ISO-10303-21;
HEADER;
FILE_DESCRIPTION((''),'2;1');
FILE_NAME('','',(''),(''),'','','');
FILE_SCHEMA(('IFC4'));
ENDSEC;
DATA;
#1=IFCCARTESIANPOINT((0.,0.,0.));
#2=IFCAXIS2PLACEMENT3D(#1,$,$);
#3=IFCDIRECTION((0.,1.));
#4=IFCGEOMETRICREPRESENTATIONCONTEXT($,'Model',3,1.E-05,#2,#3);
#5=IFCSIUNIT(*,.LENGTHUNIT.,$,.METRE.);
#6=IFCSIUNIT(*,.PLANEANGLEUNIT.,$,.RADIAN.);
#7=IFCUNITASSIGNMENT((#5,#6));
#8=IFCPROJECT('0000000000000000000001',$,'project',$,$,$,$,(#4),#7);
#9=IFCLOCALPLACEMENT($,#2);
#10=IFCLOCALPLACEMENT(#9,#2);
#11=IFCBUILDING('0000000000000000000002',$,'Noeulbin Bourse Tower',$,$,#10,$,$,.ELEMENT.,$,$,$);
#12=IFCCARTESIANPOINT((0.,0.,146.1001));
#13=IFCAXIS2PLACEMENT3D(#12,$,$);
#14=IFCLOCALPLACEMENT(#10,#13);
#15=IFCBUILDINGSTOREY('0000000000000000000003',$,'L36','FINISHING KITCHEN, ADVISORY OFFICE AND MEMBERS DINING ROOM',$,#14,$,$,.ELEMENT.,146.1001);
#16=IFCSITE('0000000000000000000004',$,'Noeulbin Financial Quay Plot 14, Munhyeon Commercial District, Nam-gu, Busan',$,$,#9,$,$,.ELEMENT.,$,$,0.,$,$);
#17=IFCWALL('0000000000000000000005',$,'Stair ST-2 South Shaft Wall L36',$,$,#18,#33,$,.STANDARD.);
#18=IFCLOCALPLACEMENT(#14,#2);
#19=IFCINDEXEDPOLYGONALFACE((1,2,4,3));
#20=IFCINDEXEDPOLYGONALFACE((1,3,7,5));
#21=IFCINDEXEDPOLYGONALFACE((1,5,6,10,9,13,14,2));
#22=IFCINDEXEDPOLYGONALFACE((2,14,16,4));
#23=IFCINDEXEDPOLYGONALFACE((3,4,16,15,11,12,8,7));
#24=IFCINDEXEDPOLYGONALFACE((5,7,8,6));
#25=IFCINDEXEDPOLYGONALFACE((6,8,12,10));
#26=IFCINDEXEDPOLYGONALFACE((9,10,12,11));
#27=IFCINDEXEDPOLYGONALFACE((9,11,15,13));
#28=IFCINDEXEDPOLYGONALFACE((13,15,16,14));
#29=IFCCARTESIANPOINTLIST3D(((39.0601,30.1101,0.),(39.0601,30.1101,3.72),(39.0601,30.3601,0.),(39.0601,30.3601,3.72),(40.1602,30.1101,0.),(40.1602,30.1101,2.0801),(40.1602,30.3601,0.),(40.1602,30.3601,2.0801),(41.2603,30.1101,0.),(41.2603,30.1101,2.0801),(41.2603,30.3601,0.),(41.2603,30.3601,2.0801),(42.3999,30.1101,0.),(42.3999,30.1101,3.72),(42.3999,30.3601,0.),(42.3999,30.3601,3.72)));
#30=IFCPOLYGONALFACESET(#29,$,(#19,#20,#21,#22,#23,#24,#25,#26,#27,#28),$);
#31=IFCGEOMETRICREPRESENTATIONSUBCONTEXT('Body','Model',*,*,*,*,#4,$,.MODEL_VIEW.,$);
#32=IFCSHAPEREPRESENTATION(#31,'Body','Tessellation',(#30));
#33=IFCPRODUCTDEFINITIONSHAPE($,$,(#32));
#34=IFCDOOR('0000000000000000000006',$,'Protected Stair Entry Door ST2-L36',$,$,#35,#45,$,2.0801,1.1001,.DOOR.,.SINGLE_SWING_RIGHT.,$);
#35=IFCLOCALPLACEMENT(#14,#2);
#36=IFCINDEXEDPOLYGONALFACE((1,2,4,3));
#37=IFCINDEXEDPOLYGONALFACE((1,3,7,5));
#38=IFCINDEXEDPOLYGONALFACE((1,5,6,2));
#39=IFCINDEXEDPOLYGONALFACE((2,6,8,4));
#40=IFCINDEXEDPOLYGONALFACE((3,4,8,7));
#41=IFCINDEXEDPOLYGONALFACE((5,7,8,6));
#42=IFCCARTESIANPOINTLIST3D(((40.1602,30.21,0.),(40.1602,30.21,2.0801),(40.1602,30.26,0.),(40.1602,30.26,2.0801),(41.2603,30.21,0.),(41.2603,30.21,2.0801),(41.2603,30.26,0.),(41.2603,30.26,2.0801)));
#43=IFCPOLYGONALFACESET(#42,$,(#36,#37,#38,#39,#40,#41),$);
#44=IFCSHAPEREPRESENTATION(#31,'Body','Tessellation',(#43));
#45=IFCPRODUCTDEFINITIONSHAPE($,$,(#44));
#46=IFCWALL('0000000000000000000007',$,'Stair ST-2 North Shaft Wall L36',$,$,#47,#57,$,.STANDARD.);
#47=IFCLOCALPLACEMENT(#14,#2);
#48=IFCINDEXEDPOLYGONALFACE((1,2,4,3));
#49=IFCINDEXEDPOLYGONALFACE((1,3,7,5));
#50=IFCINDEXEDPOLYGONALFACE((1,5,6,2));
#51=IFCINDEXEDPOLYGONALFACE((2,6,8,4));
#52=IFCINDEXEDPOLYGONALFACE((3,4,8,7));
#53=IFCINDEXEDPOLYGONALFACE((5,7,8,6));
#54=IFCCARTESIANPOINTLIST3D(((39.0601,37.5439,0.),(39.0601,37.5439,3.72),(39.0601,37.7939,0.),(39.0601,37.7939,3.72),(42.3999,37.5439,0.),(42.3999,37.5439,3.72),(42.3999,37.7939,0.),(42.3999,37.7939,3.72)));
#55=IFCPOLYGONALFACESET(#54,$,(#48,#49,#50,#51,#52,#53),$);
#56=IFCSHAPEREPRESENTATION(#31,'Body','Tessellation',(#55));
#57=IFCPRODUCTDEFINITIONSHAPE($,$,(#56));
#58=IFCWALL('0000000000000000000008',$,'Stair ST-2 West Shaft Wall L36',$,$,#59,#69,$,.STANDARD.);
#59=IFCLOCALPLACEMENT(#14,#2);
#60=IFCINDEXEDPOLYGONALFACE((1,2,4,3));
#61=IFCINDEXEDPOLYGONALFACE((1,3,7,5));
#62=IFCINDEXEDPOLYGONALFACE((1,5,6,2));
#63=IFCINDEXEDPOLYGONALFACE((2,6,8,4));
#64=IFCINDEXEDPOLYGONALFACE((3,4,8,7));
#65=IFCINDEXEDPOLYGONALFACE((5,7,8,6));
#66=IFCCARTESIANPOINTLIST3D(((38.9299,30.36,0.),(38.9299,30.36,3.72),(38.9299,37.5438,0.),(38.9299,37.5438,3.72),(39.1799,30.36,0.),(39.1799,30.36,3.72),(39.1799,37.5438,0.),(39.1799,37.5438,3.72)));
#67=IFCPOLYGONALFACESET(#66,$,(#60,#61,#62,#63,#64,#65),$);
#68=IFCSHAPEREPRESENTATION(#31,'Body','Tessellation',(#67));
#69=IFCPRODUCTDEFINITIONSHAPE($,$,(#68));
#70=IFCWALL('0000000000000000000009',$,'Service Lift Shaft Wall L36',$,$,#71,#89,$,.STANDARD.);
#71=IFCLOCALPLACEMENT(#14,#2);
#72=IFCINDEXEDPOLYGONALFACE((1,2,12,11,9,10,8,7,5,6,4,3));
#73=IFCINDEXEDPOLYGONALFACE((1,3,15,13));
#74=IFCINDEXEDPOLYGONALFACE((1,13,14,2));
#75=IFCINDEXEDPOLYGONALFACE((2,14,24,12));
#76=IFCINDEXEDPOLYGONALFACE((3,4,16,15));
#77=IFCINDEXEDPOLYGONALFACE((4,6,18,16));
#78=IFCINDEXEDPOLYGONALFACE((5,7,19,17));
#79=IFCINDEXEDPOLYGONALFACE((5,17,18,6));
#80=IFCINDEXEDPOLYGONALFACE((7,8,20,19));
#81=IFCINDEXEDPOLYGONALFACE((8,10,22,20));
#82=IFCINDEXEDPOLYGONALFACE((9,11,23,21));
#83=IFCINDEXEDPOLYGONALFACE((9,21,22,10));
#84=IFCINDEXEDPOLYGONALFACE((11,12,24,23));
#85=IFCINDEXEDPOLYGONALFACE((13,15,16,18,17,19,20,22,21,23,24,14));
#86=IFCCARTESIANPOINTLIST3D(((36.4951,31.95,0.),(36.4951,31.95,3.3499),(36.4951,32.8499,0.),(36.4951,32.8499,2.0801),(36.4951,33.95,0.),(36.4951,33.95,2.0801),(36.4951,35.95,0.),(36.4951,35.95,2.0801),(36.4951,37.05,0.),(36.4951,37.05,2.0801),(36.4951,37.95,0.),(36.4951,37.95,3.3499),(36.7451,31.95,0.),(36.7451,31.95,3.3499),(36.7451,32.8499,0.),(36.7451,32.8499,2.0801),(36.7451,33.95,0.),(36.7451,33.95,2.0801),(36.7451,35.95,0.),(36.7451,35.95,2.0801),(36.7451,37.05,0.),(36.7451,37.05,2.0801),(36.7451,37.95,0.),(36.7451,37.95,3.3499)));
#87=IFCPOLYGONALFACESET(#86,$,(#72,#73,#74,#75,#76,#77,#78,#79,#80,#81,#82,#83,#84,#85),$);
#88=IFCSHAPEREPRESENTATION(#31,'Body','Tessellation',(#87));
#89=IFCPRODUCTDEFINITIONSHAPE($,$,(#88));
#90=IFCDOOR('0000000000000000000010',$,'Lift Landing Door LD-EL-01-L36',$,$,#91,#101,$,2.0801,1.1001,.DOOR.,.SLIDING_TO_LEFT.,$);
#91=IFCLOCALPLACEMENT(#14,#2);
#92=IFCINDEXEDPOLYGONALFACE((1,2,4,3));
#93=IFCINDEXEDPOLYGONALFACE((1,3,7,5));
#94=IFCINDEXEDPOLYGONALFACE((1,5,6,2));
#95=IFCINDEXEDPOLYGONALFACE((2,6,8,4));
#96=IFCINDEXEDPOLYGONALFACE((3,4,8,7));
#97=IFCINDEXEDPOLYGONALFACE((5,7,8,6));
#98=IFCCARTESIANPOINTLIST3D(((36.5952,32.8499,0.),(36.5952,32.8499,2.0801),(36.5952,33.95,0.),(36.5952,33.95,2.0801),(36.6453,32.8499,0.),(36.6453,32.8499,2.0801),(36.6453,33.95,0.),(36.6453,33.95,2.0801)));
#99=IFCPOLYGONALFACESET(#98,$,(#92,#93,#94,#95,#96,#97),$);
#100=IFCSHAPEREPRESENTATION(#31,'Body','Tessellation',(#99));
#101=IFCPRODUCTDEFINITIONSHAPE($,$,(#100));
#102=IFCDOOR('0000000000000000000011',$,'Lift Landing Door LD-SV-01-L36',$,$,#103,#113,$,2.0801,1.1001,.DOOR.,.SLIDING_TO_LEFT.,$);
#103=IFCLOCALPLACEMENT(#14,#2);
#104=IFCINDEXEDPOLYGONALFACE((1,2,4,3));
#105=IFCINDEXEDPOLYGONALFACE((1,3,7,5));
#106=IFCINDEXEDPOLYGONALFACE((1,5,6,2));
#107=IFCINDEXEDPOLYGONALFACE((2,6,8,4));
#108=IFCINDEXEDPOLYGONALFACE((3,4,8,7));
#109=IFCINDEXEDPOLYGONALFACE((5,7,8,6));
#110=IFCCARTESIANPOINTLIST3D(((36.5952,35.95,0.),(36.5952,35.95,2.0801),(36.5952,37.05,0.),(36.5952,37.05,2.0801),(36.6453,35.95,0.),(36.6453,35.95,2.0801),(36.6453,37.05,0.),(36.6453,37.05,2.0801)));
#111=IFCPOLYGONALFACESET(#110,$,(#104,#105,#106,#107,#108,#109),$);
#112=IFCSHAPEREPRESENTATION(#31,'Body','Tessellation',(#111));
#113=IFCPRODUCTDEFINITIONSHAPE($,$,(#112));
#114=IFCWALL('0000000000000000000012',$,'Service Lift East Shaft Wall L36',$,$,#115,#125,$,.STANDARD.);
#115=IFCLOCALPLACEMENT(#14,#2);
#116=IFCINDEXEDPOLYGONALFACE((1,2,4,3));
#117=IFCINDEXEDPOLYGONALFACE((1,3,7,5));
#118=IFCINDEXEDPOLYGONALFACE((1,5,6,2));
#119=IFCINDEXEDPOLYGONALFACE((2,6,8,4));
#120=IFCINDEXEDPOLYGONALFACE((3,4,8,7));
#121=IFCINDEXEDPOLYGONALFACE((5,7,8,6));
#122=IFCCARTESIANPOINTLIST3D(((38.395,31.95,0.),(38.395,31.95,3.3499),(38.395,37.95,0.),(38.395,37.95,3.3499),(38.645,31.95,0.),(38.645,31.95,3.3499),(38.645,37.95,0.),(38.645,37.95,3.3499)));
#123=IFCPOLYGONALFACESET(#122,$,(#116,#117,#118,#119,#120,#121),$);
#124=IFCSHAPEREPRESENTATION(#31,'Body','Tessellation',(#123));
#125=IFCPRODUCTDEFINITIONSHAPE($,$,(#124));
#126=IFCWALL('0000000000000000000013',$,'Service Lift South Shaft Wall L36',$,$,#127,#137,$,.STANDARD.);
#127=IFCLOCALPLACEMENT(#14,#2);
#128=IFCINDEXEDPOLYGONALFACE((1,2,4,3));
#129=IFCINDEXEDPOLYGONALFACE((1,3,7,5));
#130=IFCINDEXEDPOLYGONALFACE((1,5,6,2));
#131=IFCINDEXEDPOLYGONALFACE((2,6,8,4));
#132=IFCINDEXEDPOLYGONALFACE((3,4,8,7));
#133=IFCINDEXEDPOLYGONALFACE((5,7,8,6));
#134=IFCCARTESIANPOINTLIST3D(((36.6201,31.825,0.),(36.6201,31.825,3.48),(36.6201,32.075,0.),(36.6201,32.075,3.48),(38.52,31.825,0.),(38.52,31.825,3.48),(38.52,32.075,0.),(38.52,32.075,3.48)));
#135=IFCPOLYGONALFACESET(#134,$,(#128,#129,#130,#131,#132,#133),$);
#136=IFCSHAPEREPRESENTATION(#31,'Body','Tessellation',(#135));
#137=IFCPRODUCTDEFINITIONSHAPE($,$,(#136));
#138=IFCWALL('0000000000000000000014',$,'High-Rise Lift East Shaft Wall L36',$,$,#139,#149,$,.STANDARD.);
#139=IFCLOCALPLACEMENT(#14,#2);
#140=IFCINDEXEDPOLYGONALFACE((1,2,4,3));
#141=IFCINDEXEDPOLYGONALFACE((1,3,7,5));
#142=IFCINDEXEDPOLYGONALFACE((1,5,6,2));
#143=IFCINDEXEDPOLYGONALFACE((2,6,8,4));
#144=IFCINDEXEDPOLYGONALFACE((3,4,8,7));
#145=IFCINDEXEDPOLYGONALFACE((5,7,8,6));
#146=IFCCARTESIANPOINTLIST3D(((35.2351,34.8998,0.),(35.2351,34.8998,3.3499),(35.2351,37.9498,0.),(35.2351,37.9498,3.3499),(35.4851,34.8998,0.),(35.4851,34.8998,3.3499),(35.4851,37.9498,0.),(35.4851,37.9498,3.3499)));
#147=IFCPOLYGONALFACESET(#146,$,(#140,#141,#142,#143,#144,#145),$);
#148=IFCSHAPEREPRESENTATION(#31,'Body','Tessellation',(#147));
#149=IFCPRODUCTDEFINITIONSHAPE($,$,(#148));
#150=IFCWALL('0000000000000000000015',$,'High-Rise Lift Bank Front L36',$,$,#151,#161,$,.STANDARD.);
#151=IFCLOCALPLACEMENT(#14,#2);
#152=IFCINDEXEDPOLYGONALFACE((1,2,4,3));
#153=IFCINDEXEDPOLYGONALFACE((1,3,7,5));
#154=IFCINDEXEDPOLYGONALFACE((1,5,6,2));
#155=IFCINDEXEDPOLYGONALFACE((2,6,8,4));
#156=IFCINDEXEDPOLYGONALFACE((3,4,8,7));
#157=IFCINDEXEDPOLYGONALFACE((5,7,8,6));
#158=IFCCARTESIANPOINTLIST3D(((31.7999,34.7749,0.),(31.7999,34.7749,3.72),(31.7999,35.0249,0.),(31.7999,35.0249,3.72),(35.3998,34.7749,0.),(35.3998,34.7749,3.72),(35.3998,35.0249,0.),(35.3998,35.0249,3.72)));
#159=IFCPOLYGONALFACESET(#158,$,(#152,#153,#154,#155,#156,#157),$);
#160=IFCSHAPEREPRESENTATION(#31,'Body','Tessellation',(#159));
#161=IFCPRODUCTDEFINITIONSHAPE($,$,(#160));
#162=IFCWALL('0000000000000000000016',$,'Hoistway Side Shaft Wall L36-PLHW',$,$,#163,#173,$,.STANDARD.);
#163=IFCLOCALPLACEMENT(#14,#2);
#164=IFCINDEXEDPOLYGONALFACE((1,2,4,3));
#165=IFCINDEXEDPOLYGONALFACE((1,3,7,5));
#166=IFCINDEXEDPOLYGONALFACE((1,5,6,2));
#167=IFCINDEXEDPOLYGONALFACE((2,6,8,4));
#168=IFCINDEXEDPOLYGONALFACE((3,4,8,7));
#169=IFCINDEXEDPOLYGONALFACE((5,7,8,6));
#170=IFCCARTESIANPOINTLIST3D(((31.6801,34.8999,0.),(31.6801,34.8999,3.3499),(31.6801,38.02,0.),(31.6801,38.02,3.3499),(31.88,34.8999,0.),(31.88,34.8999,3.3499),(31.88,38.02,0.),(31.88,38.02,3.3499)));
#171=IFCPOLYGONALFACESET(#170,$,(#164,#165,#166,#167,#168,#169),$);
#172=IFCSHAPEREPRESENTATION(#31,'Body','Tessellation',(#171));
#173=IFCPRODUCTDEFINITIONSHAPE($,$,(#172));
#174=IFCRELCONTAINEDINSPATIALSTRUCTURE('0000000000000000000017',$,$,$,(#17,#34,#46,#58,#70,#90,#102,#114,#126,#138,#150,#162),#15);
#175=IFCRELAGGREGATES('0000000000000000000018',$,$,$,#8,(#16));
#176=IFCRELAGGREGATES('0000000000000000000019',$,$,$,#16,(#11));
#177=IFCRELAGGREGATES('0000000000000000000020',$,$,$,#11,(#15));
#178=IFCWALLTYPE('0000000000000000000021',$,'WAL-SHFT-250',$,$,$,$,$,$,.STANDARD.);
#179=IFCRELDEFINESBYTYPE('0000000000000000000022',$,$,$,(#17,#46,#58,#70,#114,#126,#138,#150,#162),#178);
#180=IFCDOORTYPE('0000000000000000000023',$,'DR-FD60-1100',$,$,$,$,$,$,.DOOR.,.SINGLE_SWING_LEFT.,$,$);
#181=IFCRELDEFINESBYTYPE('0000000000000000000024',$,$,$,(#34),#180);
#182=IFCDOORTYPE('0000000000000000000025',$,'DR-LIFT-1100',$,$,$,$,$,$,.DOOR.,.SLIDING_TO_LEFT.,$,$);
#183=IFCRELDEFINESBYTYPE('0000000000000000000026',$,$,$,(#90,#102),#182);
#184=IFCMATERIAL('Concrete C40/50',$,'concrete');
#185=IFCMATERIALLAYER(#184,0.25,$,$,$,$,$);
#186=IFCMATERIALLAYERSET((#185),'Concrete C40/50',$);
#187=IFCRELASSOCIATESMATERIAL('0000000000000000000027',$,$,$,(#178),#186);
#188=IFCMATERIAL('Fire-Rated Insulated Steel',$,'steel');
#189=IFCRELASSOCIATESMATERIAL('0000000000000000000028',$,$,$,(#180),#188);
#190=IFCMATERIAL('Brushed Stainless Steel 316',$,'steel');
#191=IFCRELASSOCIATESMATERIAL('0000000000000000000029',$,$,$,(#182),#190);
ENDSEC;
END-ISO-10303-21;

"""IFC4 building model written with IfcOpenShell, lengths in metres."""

from ifc_helpers import new_model, si_unit, direction, frame, frame_2d, origin, place, context, subcontext, project, spatial, rectangle, extrude, material, layer, layer_set, type_object, element, fill, save


model = new_model("IFC4")

# Units and contexts
model_context = context("Model", 3, precision=1e-05, world=origin(), true_north=direction((0.0, 1.0)))
body_context = subcontext(model_context, "Body", "Model", "MODEL_VIEW")
ifc_project = project(units=[si_unit("LENGTHUNIT", "METRE"), si_unit("PLANEANGLEUNIT", "RADIAN")], contexts=[model_context])

# Site, building, storey
site_placement = place(None, origin())
site = spatial("IfcSite", under=ifc_project, at=site_placement, Name="Noeulbin Financial Quay Plot 14, Munhyeon Commercial District, Nam-gu, Busan", CompositionType="ELEMENT", RefElevation=0.0)
building_placement = place(site_placement, origin())
building = spatial("IfcBuilding", under=site, at=building_placement, Name="Noeulbin Bourse Tower", CompositionType="ELEMENT")
storey_placement = place(building_placement, frame((0.0, 0.0, 146.1001)))
storey = spatial("IfcBuildingStorey", under=building, at=storey_placement, Name="L36", Description="FINISHING KITCHEN, ADVISORY OFFICE AND MEMBERS DINING ROOM", CompositionType="ELEMENT", Elevation=146.1001)

# Shared definitions
ifc_material_1 = material(Name="Concrete C40/50", Category="concrete")

# Wall, opening, door
ifc_layer_1 = layer(ifc_material_1, 0.25)
ifc_layer_set_1 = layer_set([ifc_layer_1], Name="Concrete C40/50")
wall_type_1 = type_object("IfcWallType", Name="WAL-SHFT-250", PredefinedType="STANDARD", material=ifc_layer_set_1)
wall_1_placement = place(storey_placement, frame((39.0601, 30.2351, 0.0), z_axis=(0.0, 0.0, 1.0), x_axis=(1.0, 0.0, 0.0)))
wall_1 = element("IfcWall", 1, at=wall_1_placement, inside=storey, type_object=wall_type_1, Name="Stair ST-2 South Shaft Wall L36", PredefinedType="STANDARD", context=body_context, shape_type="SweptSolid", body=[
    extrude(rectangle(XDim=3.3398, YDim=0.25, at=frame_2d((1.6699, 0.0))), origin(), (0.0, 0.0, 1.0), 3.72),
])
opening_1_placement = place(wall_1_placement, frame((1.1001, 0.0, 0.0)))
opening_1 = element("IfcOpeningElement", 2, at=opening_1_placement, cuts=wall_1, PredefinedType="OPENING", context=body_context, shape_type="SweptSolid", body=[
    extrude(rectangle(XDim=1.1001, YDim=2.0801, at=frame_2d((0.55, 1.04))), frame((0.0, 0.135, 0.0), z_axis=(0.0, -1.0, 0.0), x_axis=(1.0, 0.0, 0.0)), (0.0, 0.0, 1.0), 0.27),
])
ifc_material_2 = material(Name="Fire-Rated Insulated Steel", Category="steel")
door_type_1 = type_object("IfcDoorType", Name="DR-FD60-1100", OperationType="SINGLE_SWING_LEFT", PredefinedType="DOOR", material=ifc_material_2)
door_1_placement = place(opening_1_placement, origin())
door_1 = element("IfcDoor", 3, at=door_1_placement, inside=storey, type_object=door_type_1, Name="Protected Stair Entry Door ST2-L36", OperationType="SINGLE_SWING_RIGHT", OverallHeight=2.0801, OverallWidth=1.1001, PredefinedType="DOOR", context=body_context, shape_type="SweptSolid", body=[
    extrude(rectangle(XDim=1.1001, YDim=2.0801, at=frame_2d((0.55, 1.04))), frame((0.0, 0.0249, 0.0), z_axis=(0.0, -1.0, 0.0), x_axis=(1.0, 0.0, 0.0)), (0.0, 0.0, 1.0), 0.05),
])
fill(opening_1, door_1)

# Walls
wall_2_placement = place(storey_placement, frame((39.0601, 37.6689, 0.0), z_axis=(0.0, 0.0, 1.0), x_axis=(1.0, 0.0, 0.0)))
element("IfcWall", 4, at=wall_2_placement, inside=storey, type_object=wall_type_1, Name="Stair ST-2 North Shaft Wall L36", PredefinedType="STANDARD", context=body_context, shape_type="SweptSolid", body=[
    extrude(rectangle(XDim=3.3398, YDim=0.25, at=frame_2d((1.6699, 0.0))), origin(), (0.0, 0.0, 1.0), 3.72),
])
wall_3_placement = place(storey_placement, frame((39.0549, 30.3601, 0.0), z_axis=(0.0, 0.0, 1.0), x_axis=(0.0, 1.0, 0.0)))
element("IfcWall", 5, at=wall_3_placement, inside=storey, type_object=wall_type_1, Name="Stair ST-2 West Shaft Wall L36", PredefinedType="STANDARD", context=body_context, shape_type="SweptSolid", body=[
    extrude(rectangle(XDim=7.1838, YDim=0.25, at=frame_2d((3.5918, 0.0))), origin(), (0.0, 0.0, 1.0), 3.72),
])

# Wall, openings, doors
wall_4_placement = place(storey_placement, frame((36.6201, 31.95, 0.0), z_axis=(0.0, 0.0, 1.0), x_axis=(0.0, 1.0, 0.0)))
wall_4 = element("IfcWall", 6, at=wall_4_placement, inside=storey, type_object=wall_type_1, Name="Service Lift Shaft Wall L36", PredefinedType="STANDARD", context=body_context, shape_type="SweptSolid", body=[
    extrude(rectangle(XDim=6.0, YDim=0.25, at=frame_2d((3.0, 0.0))), origin(), (0.0, 0.0, 1.0), 3.3499),
])
opening_2_placement = place(wall_4_placement, frame((0.8999, 0.0, 0.0)))
opening_2 = element("IfcOpeningElement", 7, at=opening_2_placement, cuts=wall_4, PredefinedType="OPENING", context=body_context, shape_type="SweptSolid", body=[
    extrude(rectangle(XDim=1.1001, YDim=2.0801, at=frame_2d((0.55, 1.04))), frame((0.0, 0.135, 0.0), z_axis=(0.0, -1.0, 0.0), x_axis=(1.0, 0.0, 0.0)), (0.0, 0.0, 1.0), 0.27),
])
opening_3_placement = place(wall_4_placement, frame((4.0, 0.0, 0.0)))
opening_3 = element("IfcOpeningElement", 8, at=opening_3_placement, cuts=wall_4, PredefinedType="OPENING", context=body_context, shape_type="SweptSolid", body=[
    extrude(rectangle(XDim=1.1001, YDim=2.0801, at=frame_2d((0.55, 1.04))), frame((0.0, 0.135, 0.0), z_axis=(0.0, -1.0, 0.0), x_axis=(1.0, 0.0, 0.0)), (0.0, 0.0, 1.0), 0.27),
])
ifc_material_3 = material(Name="Brushed Stainless Steel 316", Category="steel")
door_type_2 = type_object("IfcDoorType", Name="DR-LIFT-1100", OperationType="SLIDING_TO_LEFT", PredefinedType="DOOR", material=ifc_material_3)
door_2_placement = place(opening_2_placement, origin())
door_2 = element("IfcDoor", 9, at=door_2_placement, inside=storey, type_object=door_type_2, Name="Lift Landing Door LD-EL-01-L36", OperationType="SLIDING_TO_LEFT", OverallHeight=2.0801, OverallWidth=1.1001, PredefinedType="DOOR", context=body_context, shape_type="SweptSolid", body=[
    extrude(rectangle(XDim=1.1001, YDim=2.0801, at=frame_2d((0.55, 1.04))), frame((0.0, 0.0249, 0.0), z_axis=(0.0, -1.0, 0.0), x_axis=(1.0, 0.0, 0.0)), (0.0, 0.0, 1.0), 0.05),
])
fill(opening_2, door_2)
door_3_placement = place(opening_3_placement, origin())
door_3 = element("IfcDoor", 10, at=door_3_placement, inside=storey, type_object=door_type_2, Name="Lift Landing Door LD-SV-01-L36", OperationType="SLIDING_TO_LEFT", OverallHeight=2.0801, OverallWidth=1.1001, PredefinedType="DOOR", context=body_context, shape_type="SweptSolid", body=[
    extrude(rectangle(XDim=1.1001, YDim=2.0801, at=frame_2d((0.55, 1.04))), frame((0.0, 0.0249, 0.0), z_axis=(0.0, -1.0, 0.0), x_axis=(1.0, 0.0, 0.0)), (0.0, 0.0, 1.0), 0.05),
])
fill(opening_3, door_3)

# Walls
wall_5_placement = place(storey_placement, frame((38.52, 31.95, 0.0), z_axis=(0.0, 0.0, 1.0), x_axis=(0.0, 1.0, 0.0)))
element("IfcWall", 11, at=wall_5_placement, inside=storey, type_object=wall_type_1, Name="Service Lift East Shaft Wall L36", PredefinedType="STANDARD", context=body_context, shape_type="SweptSolid", body=[
    extrude(rectangle(XDim=6.0, YDim=0.25, at=frame_2d((3.0, 0.0))), origin(), (0.0, 0.0, 1.0), 3.3499),
])
wall_6_placement = place(storey_placement, frame((36.6201, 31.95, 0.0), z_axis=(0.0, 0.0, 1.0), x_axis=(1.0, 0.0, 0.0)))
element("IfcWall", 12, at=wall_6_placement, inside=storey, type_object=wall_type_1, Name="Service Lift South Shaft Wall L36", PredefinedType="STANDARD", context=body_context, shape_type="SweptSolid", body=[
    extrude(rectangle(XDim=1.8999, YDim=0.25, at=frame_2d((0.95, 0.0))), origin(), (0.0, 0.0, 1.0), 3.48),
])
wall_7_placement = place(storey_placement, frame((35.3601, 34.8999, 0.0), z_axis=(0.0, 0.0, 1.0), x_axis=(0.0, 1.0, 0.0)))
element("IfcWall", 13, at=wall_7_placement, inside=storey, type_object=wall_type_1, Name="High-Rise Lift East Shaft Wall L36", PredefinedType="STANDARD", context=body_context, shape_type="SweptSolid", body=[
    extrude(rectangle(XDim=3.05, YDim=0.25, at=frame_2d((1.5249, 0.0))), origin(), (0.0, 0.0, 1.0), 3.3499),
])
wall_8_placement = place(storey_placement, frame((31.8, 34.8999, 0.0), z_axis=(0.0, 0.0, 1.0), x_axis=(1.0, 0.0, 0.0)))
element("IfcWall", 14, at=wall_8_placement, inside=storey, type_object=wall_type_1, Name="High-Rise Lift Bank Front L36", PredefinedType="STANDARD", context=body_context, shape_type="SweptSolid", body=[
    extrude(rectangle(XDim=3.5999, YDim=0.25, at=frame_2d((1.7998, 0.0))), origin(), (0.0, 0.0, 1.0), 3.72),
])
wall_9_placement = place(storey_placement, frame((31.78, 34.8999, 0.0), z_axis=(0.0, 0.0, 1.0), x_axis=(0.0, 1.0, 0.0)))
element("IfcWall", 15, at=wall_9_placement, inside=storey, type_object=wall_type_1, Name="Hoistway Side Shaft Wall L36-PLHW", PredefinedType="STANDARD", context=body_context, shape_type="SweptSolid", body=[
    extrude(rectangle(XDim=3.1201, YDim=0.2, at=frame_2d((1.5601, 0.0))), origin(), (0.0, 0.0, 1.0), 3.3499),
])

save(model, "model.ifc")
